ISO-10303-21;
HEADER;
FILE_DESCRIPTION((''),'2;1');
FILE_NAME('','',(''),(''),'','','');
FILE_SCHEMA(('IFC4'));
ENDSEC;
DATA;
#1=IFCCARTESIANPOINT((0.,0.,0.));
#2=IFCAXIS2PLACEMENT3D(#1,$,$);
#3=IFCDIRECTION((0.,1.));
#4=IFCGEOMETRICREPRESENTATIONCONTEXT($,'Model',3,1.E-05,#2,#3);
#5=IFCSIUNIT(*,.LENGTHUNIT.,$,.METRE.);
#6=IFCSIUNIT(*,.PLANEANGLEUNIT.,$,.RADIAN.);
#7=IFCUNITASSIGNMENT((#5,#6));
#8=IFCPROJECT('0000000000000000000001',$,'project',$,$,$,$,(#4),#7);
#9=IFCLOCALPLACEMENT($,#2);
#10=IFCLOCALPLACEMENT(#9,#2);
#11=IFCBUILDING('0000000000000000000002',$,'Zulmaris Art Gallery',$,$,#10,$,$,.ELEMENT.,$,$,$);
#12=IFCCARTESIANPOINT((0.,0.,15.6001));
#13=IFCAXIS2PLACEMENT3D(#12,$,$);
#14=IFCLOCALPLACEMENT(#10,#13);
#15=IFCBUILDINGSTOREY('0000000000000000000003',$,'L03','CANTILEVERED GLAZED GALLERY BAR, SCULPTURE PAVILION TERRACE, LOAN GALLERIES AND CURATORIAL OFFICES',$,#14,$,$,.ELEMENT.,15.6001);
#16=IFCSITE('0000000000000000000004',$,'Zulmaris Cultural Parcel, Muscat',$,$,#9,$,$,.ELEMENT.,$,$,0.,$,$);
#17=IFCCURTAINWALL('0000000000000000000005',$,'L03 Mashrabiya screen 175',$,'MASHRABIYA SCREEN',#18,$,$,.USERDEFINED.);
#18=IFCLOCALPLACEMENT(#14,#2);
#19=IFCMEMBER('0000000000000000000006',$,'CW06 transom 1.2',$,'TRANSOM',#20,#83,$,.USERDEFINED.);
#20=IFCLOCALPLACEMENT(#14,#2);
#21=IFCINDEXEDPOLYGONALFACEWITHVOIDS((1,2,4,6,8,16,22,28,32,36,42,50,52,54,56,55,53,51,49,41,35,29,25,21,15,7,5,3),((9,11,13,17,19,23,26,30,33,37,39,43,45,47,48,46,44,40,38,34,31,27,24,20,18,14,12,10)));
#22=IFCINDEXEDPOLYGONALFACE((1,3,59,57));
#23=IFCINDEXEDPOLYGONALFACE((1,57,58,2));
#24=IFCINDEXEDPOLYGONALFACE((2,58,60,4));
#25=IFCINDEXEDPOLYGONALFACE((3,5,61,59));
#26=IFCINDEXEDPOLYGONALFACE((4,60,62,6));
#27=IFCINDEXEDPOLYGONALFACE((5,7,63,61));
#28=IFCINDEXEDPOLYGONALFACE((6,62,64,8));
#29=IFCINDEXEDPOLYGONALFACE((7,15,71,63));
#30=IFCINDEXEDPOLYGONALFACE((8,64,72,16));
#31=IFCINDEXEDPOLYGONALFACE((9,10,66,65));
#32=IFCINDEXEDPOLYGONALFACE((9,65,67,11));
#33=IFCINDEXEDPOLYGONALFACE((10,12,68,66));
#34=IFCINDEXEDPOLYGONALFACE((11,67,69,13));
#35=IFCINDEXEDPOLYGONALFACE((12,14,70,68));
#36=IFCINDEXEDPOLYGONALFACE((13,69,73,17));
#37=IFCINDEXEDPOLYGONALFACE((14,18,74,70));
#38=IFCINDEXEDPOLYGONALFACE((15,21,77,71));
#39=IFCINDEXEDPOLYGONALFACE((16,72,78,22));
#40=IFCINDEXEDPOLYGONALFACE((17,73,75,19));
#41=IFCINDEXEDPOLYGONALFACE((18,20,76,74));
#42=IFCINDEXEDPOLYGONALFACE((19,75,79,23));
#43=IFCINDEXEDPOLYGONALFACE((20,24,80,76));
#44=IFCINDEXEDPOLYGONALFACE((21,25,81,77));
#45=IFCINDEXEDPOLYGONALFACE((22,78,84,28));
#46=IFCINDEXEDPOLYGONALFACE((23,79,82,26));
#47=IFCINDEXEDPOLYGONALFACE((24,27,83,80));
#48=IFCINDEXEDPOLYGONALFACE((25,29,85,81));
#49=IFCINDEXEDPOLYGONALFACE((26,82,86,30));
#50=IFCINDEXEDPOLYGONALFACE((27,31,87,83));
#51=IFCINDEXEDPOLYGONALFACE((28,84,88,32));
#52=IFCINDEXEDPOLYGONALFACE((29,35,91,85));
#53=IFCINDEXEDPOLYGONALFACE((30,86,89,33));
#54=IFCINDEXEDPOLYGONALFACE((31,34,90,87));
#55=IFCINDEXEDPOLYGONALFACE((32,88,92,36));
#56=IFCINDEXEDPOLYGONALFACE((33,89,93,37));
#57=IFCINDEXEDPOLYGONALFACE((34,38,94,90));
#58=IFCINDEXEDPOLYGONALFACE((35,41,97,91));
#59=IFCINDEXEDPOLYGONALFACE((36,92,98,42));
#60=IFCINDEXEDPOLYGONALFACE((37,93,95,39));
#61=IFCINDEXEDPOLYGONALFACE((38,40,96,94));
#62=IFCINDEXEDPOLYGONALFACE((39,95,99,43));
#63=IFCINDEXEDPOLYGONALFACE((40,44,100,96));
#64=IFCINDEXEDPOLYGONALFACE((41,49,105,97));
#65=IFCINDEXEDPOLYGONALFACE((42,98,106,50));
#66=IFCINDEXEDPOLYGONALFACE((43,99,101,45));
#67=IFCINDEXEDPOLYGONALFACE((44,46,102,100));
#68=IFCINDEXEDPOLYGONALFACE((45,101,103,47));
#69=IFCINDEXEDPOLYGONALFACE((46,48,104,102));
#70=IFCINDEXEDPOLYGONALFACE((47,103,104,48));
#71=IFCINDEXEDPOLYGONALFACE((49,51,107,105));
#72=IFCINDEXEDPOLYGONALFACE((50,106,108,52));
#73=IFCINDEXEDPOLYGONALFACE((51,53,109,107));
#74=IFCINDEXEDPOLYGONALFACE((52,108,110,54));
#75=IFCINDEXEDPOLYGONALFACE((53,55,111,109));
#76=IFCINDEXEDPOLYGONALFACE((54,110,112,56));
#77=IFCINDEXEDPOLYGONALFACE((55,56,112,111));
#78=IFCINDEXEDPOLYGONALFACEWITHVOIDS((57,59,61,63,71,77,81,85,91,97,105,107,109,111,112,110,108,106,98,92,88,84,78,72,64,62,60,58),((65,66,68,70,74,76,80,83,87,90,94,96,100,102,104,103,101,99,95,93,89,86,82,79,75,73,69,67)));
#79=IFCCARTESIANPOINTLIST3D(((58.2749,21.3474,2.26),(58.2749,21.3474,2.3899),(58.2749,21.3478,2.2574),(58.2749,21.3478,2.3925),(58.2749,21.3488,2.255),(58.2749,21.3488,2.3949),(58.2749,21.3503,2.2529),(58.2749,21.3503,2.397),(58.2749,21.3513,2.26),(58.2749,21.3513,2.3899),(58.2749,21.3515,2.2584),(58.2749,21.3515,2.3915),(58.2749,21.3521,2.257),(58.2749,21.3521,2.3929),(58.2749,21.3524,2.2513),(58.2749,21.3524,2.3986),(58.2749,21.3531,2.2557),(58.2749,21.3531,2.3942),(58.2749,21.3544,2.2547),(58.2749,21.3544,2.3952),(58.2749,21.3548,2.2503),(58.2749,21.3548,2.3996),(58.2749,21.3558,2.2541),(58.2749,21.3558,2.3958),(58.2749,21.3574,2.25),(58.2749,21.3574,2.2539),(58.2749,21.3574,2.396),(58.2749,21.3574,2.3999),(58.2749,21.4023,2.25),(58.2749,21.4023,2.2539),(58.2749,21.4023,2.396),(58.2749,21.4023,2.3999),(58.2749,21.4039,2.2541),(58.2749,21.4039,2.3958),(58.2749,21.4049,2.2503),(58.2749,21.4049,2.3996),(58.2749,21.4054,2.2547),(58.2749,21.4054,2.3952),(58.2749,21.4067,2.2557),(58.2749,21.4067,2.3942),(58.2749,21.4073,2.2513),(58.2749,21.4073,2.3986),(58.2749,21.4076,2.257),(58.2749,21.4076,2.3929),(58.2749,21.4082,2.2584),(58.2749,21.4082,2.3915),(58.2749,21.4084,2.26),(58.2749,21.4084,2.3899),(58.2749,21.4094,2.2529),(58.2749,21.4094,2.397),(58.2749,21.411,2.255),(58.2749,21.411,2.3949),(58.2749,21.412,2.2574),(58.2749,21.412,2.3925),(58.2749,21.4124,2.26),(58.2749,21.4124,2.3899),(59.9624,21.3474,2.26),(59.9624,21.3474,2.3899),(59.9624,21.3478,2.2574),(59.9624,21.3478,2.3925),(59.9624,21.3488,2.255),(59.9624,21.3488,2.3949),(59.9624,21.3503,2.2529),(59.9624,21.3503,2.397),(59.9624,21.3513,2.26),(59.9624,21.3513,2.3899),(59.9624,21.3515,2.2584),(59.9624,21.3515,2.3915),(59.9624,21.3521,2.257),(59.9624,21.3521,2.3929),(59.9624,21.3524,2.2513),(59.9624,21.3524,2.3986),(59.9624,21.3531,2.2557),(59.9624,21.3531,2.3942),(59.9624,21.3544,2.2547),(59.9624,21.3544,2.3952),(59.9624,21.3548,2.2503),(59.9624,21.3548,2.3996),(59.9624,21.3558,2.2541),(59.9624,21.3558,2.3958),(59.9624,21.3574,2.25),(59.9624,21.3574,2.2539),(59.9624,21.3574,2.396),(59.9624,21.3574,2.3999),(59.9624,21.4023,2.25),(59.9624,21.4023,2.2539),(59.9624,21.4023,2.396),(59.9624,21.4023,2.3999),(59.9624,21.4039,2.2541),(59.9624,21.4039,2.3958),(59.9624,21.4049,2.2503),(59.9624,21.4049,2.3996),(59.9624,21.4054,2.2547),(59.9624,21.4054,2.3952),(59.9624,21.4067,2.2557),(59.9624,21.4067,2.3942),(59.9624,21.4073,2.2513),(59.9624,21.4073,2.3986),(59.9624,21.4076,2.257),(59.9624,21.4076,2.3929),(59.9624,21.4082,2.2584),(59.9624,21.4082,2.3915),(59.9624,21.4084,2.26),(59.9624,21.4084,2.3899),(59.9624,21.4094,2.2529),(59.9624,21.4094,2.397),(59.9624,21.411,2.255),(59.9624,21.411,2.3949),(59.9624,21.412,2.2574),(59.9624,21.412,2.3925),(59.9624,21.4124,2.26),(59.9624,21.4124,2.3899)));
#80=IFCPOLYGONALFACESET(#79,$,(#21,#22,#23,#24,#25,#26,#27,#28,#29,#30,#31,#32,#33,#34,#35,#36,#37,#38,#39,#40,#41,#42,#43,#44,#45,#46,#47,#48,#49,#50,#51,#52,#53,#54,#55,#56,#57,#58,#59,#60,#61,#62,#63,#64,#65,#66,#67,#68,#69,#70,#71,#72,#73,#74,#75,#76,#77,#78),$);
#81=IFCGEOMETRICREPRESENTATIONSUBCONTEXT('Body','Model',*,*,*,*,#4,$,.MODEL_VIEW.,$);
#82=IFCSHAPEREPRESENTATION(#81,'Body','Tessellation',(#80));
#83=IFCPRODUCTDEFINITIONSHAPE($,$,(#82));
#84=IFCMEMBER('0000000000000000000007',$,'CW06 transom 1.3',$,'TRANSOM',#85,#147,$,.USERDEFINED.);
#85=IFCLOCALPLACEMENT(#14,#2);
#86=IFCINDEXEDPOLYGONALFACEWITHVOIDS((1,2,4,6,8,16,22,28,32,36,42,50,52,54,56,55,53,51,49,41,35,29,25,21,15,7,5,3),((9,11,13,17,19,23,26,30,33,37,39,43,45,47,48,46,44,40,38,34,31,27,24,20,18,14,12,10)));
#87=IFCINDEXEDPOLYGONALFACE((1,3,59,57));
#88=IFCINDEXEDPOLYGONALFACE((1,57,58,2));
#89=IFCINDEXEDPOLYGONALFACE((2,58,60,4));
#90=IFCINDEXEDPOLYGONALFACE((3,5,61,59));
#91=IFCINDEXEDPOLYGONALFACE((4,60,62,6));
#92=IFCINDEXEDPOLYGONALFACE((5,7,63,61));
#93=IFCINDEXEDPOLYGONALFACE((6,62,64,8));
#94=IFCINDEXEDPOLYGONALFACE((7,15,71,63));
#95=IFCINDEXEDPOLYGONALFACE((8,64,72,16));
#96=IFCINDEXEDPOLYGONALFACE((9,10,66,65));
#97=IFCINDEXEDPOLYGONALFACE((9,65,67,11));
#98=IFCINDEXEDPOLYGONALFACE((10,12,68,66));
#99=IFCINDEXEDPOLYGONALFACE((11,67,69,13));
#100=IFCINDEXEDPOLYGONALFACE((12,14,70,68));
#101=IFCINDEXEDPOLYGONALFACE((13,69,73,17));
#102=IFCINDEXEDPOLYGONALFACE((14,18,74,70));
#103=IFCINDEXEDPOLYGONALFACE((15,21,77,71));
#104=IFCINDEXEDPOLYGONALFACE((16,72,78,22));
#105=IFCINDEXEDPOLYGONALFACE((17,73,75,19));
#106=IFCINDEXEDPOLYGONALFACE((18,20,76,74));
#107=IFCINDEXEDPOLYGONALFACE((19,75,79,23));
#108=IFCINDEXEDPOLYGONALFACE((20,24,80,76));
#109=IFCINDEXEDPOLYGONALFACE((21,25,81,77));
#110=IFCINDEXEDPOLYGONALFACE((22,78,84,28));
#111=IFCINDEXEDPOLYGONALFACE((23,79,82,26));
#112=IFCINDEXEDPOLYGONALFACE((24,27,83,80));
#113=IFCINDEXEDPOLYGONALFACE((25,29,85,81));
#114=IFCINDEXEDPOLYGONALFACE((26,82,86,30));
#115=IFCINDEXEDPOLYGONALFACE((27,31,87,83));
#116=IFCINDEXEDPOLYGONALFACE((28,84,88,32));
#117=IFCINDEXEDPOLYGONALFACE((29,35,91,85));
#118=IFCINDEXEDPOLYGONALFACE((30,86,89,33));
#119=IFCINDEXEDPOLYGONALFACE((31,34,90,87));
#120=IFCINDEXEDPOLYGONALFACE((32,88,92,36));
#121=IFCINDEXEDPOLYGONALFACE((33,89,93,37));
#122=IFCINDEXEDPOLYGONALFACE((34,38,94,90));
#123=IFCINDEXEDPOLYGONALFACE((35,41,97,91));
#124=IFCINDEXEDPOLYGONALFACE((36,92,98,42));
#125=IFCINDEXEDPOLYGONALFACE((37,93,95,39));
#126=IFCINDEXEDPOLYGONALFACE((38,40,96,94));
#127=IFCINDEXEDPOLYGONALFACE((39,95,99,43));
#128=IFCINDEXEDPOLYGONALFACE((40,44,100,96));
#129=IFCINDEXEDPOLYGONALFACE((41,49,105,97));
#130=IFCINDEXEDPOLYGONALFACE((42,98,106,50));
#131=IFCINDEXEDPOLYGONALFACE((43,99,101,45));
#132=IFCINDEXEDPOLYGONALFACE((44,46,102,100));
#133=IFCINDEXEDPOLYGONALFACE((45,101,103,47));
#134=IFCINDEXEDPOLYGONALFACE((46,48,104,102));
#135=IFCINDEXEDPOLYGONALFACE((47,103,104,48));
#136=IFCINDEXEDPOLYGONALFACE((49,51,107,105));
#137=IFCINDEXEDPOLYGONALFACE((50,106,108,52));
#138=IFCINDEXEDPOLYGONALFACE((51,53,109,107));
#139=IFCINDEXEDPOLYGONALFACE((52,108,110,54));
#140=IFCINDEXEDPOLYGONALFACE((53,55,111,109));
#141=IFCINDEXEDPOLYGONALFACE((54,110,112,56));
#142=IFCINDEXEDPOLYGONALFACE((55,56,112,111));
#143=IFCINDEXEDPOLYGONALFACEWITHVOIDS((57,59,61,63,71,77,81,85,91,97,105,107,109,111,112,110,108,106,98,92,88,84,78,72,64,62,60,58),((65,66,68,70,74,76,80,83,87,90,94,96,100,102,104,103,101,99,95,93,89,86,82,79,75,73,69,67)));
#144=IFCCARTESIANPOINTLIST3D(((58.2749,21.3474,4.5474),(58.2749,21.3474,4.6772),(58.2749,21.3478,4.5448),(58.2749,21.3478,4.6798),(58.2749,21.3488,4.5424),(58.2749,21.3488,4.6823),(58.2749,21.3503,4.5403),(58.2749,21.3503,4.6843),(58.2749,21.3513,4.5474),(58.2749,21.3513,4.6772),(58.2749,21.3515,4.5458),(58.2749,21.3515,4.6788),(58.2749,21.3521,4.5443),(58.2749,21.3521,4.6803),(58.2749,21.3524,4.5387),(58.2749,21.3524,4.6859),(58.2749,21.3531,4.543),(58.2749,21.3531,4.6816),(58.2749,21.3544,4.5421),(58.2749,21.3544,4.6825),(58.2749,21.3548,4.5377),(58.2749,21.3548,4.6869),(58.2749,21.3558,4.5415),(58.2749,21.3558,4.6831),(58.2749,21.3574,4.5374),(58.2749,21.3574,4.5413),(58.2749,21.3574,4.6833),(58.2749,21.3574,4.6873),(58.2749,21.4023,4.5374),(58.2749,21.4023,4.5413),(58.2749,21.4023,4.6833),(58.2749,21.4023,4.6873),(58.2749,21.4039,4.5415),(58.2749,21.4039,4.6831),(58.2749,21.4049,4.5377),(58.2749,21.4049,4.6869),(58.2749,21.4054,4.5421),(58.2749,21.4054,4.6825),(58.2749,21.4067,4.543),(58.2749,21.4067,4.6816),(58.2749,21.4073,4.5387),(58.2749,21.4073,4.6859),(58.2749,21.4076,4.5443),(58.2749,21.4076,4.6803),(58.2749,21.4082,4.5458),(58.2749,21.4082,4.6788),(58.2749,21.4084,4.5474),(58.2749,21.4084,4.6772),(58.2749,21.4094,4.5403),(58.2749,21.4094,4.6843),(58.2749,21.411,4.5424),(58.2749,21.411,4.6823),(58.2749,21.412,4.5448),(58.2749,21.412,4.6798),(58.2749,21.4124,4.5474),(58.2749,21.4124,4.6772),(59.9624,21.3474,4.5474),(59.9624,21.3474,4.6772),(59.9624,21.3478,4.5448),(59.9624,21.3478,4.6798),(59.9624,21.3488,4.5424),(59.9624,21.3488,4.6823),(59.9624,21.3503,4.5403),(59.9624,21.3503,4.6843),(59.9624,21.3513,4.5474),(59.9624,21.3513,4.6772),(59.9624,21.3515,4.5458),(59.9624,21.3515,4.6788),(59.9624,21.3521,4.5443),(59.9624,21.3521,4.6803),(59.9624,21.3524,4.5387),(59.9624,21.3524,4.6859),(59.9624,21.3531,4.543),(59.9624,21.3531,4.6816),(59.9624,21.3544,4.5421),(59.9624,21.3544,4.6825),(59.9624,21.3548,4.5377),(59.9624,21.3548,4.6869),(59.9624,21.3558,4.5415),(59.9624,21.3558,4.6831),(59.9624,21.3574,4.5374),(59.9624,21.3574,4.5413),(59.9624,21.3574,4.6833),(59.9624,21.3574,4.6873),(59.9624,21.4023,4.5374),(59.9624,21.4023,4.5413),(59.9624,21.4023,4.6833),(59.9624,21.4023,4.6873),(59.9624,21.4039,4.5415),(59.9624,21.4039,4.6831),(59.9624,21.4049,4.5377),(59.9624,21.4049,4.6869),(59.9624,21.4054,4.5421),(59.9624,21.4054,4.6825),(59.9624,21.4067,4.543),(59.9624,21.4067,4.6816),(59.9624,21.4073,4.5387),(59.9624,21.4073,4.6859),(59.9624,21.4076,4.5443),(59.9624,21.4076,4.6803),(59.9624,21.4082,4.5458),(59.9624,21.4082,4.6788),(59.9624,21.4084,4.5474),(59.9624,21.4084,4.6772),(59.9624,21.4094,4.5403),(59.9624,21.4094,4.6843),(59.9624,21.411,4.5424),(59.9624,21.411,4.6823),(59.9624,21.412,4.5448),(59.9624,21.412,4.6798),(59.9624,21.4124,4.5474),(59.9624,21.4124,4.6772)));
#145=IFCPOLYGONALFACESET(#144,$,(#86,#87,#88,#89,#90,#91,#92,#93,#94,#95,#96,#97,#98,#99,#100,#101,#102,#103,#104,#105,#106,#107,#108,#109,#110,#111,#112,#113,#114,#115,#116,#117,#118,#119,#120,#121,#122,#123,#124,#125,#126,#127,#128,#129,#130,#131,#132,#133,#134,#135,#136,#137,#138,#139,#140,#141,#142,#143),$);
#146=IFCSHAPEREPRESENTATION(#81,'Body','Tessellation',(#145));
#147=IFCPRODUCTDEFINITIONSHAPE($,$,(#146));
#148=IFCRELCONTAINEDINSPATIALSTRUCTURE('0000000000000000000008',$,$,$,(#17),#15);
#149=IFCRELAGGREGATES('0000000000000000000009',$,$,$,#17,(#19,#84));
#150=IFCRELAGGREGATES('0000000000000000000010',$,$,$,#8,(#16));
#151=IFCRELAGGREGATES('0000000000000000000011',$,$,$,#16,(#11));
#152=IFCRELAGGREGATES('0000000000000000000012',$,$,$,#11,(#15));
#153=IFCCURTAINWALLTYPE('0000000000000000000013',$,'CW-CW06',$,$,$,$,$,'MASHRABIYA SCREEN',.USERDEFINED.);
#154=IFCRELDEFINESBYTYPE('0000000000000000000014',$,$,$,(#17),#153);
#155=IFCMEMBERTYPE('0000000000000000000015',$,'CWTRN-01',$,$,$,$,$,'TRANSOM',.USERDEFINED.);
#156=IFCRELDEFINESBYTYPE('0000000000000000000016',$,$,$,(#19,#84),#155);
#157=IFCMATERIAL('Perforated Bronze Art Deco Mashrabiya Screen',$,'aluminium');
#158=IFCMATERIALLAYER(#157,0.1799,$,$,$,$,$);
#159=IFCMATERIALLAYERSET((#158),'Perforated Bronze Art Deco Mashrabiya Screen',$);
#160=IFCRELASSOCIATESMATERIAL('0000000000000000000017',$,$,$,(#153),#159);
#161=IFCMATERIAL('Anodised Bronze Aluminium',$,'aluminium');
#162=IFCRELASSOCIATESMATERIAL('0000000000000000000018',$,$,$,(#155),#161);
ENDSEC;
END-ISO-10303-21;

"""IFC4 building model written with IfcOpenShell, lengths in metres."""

from ifc_helpers import new_model, si_unit, direction, frame, origin, origin_2d, place, context, subcontext, project, spatial, hollow_rectangle, extrude, material, layer, layer_set, material_profile, profile_set, type_object, element, aggregate, save


model = new_model("IFC4")

# Units and contexts
model_context = context("Model", 3, precision=1e-05, world=origin(), true_north=direction((0.0, 1.0)))
body_context = subcontext(model_context, "Body", "Model", "MODEL_VIEW")
ifc_project = project(units=[si_unit("LENGTHUNIT", "METRE"), si_unit("PLANEANGLEUNIT", "RADIAN")], contexts=[model_context])

# Site, building, storey
site_placement = place(None, origin())
site = spatial("IfcSite", under=ifc_project, at=site_placement, Name="Zulmaris Cultural Parcel, Muscat", CompositionType="ELEMENT", RefElevation=0.0)
building_placement = place(site_placement, origin())
building = spatial("IfcBuilding", under=site, at=building_placement, Name="Zulmaris Art Gallery", CompositionType="ELEMENT")
storey_placement = place(building_placement, frame((0.0, 0.0, 15.6001)))
storey = spatial("IfcBuildingStorey", under=building, at=storey_placement, Name="L03", Description="CANTILEVERED GLAZED GALLERY BAR, SCULPTURE PAVILION TERRACE, LOAN GALLERIES AND CURATORIAL OFFICES", CompositionType="ELEMENT", Elevation=15.6001)

# Shared definitions
ifc_material_1 = material(Name="Anodised Bronze Aluminium", Category="aluminium")

# Shared definitions
ifc_material_2 = material(Name="Perforated Bronze Art Deco Mashrabiya Screen", Category="aluminium")
ifc_layer_1 = layer(ifc_material_2, 0.1799)
ifc_layer_set_1 = layer_set([ifc_layer_1], Name="Perforated Bronze Art Deco Mashrabiya Screen")
curtain_wall_type_1 = type_object("IfcCurtainWallType", Name="CW-CW06", ElementType="MASHRABIYA SCREEN", PredefinedType="USERDEFINED", material=ifc_layer_set_1)

# Curtain wall
curtain_wall_1_placement = place(storey_placement, origin())
curtain_wall_1 = element("IfcCurtainWall", 1, at=curtain_wall_1_placement, inside=storey, type_object=curtain_wall_type_1, Name="L03 Mashrabiya screen 175", ObjectType="MASHRABIYA SCREEN", PredefinedType="USERDEFINED")

# Members
ifc_material_profile_1 = material_profile(ifc_material_1, hollow_rectangle(XDim=0.0649, YDim=0.1499, WallThickness=0.0039, InnerFilletRadius=0.0061, OuterFilletRadius=0.01, at=origin_2d()), Name="ALU 65x150x4")
ifc_profile_set_1 = profile_set([ifc_material_profile_1], Name="Anodised Bronze Aluminium")
member_type_1 = type_object("IfcMemberType", Name="CWTRN-01", ElementType="TRANSOM", PredefinedType="USERDEFINED", material=ifc_profile_set_1)
member_1_placement = place(storey_placement, frame((58.2749, 21.3799, 2.325), z_axis=(1.0, 0.0, 0.0), x_axis=(0.0, 1.0, 0.0)))
member_1 = element("IfcMember", 2, at=member_1_placement, type_object=member_type_1, Name="CW06 transom 1.2", ObjectType="TRANSOM", PredefinedType="USERDEFINED", context=body_context, shape_type="SweptSolid", body=[
    extrude(hollow_rectangle(XDim=0.0649, YDim=0.1499, WallThickness=0.0039, InnerFilletRadius=0.0061, OuterFilletRadius=0.01, at=origin_2d()), origin(), (0.0, 0.0, 1.0), 1.6875),
])
member_2_placement = place(storey_placement, frame((58.2749, 21.3799, 4.6123), z_axis=(1.0, 0.0, 0.0), x_axis=(0.0, 1.0, 0.0)))
member_2 = element("IfcMember", 3, at=member_2_placement, type_object=member_type_1, Name="CW06 transom 1.3", ObjectType="TRANSOM", PredefinedType="USERDEFINED", context=body_context, shape_type="SweptSolid", body=[
    extrude(hollow_rectangle(XDim=0.0649, YDim=0.1499, WallThickness=0.0039, InnerFilletRadius=0.0061, OuterFilletRadius=0.01, at=origin_2d()), origin(), (0.0, 0.0, 1.0), 1.6875),
])

aggregate(curtain_wall_1, [member_1, member_2])

save(model, "model.ifc")
